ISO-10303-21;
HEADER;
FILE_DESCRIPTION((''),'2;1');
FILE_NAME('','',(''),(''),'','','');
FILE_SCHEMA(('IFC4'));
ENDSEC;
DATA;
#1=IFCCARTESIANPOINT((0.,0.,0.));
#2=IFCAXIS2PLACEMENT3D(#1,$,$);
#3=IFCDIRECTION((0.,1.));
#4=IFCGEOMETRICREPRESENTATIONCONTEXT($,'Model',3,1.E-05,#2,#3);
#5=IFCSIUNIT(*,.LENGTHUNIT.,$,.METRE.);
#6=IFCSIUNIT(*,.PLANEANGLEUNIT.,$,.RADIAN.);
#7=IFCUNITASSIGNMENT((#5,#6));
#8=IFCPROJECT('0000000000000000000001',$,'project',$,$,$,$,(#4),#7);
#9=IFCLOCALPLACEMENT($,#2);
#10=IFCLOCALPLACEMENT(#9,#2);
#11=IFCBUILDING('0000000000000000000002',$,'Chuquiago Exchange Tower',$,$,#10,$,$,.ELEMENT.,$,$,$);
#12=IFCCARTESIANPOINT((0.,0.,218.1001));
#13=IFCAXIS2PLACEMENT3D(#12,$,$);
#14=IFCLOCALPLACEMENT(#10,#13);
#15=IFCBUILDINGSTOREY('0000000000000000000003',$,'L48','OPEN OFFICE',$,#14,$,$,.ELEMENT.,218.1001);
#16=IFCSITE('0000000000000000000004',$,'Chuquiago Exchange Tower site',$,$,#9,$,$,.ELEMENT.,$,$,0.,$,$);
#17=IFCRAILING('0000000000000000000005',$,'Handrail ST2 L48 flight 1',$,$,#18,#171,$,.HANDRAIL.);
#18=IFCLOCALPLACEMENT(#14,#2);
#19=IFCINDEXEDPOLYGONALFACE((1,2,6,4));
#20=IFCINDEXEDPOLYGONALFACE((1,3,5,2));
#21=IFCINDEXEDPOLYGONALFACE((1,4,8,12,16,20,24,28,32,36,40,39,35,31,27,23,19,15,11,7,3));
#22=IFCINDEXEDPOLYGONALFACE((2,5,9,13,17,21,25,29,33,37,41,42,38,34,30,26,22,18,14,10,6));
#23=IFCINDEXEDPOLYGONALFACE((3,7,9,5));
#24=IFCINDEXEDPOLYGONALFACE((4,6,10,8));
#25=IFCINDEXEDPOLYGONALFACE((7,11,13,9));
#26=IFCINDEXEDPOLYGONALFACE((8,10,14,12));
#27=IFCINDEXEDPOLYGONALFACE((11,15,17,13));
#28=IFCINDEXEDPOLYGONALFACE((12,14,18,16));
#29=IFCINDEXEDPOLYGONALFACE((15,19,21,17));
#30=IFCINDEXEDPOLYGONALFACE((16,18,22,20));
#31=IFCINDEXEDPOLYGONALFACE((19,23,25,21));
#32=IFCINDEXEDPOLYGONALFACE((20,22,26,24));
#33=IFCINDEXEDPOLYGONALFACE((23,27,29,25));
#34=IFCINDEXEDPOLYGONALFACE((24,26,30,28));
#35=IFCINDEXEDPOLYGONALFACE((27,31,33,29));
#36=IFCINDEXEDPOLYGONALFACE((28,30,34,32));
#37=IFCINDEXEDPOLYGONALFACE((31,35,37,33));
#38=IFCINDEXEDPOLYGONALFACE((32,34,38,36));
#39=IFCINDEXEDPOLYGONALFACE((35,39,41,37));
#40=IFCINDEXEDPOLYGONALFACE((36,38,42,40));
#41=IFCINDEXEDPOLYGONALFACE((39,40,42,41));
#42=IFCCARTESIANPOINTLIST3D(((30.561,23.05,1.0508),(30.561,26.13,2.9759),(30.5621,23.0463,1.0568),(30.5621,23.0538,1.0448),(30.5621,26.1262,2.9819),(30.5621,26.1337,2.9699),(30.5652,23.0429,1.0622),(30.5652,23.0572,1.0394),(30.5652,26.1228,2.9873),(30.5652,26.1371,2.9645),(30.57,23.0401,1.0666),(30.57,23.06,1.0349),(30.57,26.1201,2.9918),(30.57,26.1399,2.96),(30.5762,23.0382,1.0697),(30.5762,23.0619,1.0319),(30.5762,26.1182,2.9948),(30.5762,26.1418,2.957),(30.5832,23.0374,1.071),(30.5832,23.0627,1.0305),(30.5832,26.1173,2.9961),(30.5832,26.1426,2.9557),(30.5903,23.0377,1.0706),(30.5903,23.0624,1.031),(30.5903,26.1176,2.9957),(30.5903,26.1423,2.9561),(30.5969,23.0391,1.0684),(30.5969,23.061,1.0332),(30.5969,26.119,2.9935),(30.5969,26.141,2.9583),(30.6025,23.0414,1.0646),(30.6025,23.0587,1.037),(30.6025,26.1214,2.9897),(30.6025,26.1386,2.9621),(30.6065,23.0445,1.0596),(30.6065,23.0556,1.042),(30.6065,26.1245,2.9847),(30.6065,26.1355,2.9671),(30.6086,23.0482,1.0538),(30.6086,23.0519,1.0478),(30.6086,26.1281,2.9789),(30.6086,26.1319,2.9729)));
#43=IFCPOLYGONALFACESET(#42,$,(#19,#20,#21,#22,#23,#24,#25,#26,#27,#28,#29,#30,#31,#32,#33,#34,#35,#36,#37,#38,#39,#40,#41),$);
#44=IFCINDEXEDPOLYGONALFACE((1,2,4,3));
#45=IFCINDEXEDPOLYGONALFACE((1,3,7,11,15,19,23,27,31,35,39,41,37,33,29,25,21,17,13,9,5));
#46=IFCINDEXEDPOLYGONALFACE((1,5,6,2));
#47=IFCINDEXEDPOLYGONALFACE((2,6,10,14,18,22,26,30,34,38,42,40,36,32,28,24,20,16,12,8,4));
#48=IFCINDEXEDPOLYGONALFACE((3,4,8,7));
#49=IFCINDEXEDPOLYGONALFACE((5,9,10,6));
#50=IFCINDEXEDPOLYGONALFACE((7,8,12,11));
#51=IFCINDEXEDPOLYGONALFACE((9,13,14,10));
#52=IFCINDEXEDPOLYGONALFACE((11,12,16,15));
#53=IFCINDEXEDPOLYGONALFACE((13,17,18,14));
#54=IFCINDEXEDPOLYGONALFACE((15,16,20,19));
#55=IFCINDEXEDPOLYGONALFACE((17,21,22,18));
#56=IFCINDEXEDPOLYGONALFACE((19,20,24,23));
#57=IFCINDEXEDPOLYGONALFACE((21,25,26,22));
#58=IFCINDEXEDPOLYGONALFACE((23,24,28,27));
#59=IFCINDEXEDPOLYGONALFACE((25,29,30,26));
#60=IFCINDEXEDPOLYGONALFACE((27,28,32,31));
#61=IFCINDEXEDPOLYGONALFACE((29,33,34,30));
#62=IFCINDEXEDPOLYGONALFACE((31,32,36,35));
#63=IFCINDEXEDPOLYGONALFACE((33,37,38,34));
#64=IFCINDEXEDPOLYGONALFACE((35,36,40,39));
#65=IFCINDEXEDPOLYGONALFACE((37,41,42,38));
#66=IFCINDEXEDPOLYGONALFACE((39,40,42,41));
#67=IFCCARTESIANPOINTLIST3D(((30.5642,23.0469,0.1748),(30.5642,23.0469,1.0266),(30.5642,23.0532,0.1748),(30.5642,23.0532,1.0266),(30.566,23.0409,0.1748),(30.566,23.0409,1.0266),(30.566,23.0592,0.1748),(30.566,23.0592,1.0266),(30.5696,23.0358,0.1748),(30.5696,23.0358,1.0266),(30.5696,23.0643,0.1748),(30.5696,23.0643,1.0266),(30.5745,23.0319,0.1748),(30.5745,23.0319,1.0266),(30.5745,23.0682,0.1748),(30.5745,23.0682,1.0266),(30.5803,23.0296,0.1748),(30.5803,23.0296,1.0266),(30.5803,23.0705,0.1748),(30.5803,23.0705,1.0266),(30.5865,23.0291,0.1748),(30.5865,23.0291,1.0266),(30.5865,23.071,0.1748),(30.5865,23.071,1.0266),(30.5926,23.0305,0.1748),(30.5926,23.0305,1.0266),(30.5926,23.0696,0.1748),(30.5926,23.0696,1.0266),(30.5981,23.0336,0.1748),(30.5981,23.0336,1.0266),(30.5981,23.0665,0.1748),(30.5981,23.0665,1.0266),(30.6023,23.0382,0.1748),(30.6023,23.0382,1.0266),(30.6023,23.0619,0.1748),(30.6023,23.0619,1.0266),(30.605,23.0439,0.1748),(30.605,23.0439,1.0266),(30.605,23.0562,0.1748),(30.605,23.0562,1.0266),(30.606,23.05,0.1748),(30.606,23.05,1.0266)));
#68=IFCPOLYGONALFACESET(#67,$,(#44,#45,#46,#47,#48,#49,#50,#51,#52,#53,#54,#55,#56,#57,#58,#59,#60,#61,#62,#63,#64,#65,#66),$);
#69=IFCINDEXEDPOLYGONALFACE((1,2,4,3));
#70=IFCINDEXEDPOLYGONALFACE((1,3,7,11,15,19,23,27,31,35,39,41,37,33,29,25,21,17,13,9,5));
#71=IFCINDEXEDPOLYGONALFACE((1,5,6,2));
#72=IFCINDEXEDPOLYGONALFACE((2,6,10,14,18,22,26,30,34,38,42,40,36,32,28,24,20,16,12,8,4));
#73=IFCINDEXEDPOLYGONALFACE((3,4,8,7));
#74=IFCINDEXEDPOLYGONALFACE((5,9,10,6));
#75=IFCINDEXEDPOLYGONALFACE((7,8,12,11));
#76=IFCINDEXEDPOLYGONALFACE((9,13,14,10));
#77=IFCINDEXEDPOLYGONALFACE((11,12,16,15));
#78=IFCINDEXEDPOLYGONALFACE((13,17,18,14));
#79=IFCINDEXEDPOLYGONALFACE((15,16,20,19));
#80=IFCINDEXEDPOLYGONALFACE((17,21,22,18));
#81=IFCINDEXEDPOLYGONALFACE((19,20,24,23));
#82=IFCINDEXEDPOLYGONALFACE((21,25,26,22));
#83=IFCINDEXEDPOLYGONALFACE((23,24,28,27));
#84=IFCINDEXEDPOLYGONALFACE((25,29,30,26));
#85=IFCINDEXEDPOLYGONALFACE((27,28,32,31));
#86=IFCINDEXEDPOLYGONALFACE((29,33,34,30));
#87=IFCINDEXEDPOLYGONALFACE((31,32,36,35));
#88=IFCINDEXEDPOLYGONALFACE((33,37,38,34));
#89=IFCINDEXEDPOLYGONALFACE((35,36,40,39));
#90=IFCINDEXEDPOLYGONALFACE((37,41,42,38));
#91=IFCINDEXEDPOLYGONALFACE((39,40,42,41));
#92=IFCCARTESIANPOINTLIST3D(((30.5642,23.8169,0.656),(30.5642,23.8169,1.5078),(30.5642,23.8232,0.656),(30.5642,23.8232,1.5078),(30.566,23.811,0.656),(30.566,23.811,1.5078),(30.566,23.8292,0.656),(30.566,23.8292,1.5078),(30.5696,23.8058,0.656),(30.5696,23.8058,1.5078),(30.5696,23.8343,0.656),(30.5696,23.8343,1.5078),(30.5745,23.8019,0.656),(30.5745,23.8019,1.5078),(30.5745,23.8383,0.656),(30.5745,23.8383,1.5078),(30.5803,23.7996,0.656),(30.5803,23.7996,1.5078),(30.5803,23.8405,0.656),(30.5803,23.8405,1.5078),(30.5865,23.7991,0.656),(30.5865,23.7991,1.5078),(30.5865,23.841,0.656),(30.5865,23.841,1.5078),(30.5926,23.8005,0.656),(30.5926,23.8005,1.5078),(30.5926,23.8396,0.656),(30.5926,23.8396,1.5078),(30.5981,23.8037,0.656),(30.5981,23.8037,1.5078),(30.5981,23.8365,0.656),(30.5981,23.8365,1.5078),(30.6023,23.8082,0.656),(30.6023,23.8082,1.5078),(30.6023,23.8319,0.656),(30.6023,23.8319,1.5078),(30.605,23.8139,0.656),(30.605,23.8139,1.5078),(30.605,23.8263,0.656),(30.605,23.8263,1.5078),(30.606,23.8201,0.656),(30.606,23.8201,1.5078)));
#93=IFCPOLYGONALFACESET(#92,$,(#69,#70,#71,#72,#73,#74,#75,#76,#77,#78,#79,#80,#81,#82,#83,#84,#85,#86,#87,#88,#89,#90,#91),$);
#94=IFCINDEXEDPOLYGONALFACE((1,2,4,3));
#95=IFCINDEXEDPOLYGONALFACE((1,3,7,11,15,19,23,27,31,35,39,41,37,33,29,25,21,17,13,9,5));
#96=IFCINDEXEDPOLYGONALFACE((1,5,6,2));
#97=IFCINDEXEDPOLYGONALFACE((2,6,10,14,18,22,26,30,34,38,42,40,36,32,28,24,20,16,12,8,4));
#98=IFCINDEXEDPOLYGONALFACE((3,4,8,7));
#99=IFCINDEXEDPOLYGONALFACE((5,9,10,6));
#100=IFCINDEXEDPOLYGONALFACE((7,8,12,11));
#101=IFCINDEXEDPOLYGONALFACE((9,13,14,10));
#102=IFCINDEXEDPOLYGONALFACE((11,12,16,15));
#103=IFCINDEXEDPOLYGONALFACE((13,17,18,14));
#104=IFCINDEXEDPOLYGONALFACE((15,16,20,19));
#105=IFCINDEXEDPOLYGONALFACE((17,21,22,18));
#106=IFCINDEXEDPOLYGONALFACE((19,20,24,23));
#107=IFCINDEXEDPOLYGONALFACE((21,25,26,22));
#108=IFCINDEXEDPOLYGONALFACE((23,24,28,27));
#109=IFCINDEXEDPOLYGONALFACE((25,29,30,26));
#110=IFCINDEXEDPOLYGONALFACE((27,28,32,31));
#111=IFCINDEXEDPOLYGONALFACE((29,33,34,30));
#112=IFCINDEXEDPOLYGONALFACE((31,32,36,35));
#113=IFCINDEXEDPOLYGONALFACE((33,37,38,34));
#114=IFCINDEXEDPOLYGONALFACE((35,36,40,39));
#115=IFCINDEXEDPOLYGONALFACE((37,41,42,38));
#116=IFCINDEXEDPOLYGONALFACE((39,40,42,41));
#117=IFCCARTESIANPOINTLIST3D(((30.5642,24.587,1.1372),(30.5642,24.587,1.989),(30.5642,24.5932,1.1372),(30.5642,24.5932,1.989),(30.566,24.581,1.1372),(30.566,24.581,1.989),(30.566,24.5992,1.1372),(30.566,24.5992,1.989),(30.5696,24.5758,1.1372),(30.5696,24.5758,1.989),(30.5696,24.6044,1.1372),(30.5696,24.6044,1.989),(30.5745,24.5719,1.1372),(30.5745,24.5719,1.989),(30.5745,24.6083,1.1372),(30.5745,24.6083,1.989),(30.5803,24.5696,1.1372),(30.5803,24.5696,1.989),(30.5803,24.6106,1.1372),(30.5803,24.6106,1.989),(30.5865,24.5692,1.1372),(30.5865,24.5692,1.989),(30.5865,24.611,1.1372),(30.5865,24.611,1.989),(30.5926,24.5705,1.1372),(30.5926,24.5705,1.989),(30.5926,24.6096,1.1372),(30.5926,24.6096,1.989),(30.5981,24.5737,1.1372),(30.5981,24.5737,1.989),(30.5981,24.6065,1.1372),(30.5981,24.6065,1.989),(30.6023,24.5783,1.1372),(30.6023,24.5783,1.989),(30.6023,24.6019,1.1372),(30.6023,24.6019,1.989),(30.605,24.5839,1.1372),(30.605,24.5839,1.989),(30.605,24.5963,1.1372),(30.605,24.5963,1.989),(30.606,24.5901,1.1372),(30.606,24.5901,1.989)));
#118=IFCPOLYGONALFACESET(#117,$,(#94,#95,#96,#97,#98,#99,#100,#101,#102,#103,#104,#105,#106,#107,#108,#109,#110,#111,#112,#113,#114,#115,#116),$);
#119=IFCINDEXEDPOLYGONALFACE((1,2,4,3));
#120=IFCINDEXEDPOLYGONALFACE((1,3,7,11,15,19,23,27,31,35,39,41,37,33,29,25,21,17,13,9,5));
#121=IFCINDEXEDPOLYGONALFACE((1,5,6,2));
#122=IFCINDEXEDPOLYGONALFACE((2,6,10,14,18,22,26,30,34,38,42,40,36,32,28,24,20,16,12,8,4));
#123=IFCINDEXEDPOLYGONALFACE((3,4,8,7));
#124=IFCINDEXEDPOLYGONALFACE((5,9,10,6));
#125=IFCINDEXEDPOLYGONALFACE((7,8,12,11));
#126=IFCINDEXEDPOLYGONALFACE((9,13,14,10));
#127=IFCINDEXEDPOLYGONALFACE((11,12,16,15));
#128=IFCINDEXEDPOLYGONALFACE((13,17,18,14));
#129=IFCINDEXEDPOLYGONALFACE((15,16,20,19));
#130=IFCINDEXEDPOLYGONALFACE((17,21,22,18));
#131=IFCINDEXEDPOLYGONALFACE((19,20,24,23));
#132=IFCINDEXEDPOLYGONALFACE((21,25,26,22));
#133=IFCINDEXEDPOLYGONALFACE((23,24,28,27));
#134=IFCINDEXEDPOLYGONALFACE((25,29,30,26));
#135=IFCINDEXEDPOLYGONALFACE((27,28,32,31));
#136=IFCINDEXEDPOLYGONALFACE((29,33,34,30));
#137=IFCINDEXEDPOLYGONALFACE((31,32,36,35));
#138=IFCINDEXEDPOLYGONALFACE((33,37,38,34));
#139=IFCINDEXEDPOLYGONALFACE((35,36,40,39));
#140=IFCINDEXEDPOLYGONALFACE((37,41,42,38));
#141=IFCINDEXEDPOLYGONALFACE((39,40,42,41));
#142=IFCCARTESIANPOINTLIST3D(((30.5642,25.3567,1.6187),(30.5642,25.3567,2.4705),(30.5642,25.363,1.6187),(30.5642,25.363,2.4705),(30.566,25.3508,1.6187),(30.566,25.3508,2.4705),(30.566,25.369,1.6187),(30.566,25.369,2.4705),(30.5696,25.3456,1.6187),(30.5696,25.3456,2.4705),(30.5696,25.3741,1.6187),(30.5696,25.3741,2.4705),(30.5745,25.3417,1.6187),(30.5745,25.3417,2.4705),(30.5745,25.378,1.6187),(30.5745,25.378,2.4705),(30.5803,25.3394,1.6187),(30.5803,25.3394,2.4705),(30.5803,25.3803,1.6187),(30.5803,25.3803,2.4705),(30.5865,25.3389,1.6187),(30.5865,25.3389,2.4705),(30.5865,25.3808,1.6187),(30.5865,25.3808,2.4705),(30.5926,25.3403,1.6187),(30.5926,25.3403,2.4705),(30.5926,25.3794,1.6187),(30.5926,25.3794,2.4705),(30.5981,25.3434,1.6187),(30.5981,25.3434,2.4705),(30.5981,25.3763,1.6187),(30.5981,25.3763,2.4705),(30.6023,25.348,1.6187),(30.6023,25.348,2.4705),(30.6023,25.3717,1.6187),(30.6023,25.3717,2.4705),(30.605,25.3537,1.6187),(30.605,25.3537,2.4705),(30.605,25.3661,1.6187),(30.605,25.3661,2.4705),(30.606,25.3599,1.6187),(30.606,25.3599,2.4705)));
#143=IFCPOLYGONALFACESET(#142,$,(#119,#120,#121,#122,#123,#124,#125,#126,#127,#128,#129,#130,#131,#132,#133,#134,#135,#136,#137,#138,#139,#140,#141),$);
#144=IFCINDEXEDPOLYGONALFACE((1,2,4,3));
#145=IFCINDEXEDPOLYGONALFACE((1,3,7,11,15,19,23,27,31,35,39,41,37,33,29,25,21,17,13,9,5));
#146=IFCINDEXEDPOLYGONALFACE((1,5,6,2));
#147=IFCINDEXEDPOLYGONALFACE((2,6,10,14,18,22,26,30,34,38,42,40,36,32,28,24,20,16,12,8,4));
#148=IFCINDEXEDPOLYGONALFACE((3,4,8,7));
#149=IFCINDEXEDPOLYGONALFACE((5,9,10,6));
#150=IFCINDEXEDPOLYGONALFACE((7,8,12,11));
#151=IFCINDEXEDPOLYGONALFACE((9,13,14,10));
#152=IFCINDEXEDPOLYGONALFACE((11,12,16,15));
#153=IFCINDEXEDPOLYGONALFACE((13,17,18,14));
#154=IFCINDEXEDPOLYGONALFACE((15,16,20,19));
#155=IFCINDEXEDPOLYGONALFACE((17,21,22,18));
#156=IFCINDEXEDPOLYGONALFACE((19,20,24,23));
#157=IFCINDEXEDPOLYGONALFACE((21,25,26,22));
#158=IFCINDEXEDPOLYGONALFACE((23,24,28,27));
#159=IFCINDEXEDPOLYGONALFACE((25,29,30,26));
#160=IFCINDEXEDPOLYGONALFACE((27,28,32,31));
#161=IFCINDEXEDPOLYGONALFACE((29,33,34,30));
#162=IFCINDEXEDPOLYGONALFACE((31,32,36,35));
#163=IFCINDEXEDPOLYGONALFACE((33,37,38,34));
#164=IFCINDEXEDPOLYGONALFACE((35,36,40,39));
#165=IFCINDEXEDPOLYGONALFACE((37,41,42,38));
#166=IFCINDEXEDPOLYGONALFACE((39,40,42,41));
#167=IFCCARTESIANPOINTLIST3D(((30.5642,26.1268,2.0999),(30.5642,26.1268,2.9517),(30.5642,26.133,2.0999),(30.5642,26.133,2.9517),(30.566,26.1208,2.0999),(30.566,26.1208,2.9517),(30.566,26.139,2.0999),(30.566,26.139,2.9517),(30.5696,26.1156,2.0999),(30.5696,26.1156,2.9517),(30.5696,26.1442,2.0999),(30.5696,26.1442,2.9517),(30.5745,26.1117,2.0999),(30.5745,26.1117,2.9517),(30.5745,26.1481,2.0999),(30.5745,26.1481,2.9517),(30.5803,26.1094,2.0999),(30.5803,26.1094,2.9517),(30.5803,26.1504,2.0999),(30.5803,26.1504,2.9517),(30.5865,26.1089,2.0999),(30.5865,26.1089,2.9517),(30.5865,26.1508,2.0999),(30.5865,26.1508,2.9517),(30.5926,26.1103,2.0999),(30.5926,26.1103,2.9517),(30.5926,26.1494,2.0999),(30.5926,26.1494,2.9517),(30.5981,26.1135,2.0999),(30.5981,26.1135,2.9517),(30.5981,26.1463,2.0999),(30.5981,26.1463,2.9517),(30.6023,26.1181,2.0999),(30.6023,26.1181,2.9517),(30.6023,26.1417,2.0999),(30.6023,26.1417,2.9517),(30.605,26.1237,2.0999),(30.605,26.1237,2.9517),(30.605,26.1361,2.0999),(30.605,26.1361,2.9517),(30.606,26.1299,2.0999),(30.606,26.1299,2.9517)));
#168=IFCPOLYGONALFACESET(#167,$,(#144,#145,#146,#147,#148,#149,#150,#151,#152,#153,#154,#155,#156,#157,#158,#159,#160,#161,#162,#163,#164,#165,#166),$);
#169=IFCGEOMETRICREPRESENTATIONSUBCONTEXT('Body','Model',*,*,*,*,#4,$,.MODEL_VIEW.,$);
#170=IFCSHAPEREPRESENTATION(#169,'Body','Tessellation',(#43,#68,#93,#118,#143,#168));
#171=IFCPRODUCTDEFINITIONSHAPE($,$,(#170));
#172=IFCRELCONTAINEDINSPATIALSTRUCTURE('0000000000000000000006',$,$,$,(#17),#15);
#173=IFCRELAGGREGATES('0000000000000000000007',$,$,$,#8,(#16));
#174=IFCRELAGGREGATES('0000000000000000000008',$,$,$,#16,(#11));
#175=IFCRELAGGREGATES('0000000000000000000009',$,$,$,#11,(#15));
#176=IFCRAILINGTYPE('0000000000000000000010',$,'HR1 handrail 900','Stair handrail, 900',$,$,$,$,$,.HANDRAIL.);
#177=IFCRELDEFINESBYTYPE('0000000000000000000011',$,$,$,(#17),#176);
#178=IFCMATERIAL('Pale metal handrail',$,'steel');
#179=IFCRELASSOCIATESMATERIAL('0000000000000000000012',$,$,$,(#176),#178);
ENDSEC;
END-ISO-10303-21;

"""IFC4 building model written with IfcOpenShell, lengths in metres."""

from ifc_helpers import new_model, si_unit, direction, frame, origin, origin_2d, place, context, subcontext, project, spatial, circle, extrude, material, type_object, element, save


model = new_model("IFC4")

# Units and contexts
model_context = context("Model", 3, precision=1e-05, world=origin(), true_north=direction((0.0, 1.0)))
body_context = subcontext(model_context, "Body", "Model", "MODEL_VIEW")
ifc_project = project(units=[si_unit("LENGTHUNIT", "METRE"), si_unit("PLANEANGLEUNIT", "RADIAN")], contexts=[model_context])

# Site, building, storey
site_placement = place(None, origin())
site = spatial("IfcSite", under=ifc_project, at=site_placement, Name="Chuquiago Exchange Tower site", CompositionType="ELEMENT", RefElevation=0.0)
building_placement = place(site_placement, origin())
building = spatial("IfcBuilding", under=site, at=building_placement, Name="Chuquiago Exchange Tower", CompositionType="ELEMENT")
storey_placement = place(building_placement, frame((0.0, 0.0, 218.1001)))
storey = spatial("IfcBuildingStorey", under=building, at=storey_placement, Name="L48", Description="OPEN OFFICE", CompositionType="ELEMENT", Elevation=218.1001)

# Railing
ifc_material_1 = material(Name="Pale metal handrail", Category="steel")
railing_type_1 = type_object("IfcRailingType", Name="HR1 handrail 900", Description="Stair handrail, 900", PredefinedType="HANDRAIL", material=ifc_material_1)
for number, where, name in (
    (1, (30.585, 23.05, 0.1748), "Handrail ST2 L48 flight 1"),
):
    element("IfcRailing", number, at=place(storey_placement, frame(where)), inside=storey, type_object=railing_type_1, Name=name, PredefinedType="HANDRAIL", context=body_context, shape_type="SweptSolid", body=[
        extrude(circle(Radius=0.0239, at=origin_2d()), frame((0.0, 0.0, 0.876), z_axis=(0.0, 0.847979, 0.530029), x_axis=(-1.0, 0.0, 0.0)), (0.0, 0.0, 1.0), 3.6321),
        extrude(circle(Radius=0.021, at=origin_2d()), origin(), (0.0, 0.0, 1.0), 0.8518),
        extrude(circle(Radius=0.021, at=origin_2d()), frame((0.0, 0.77, 0.4812)), (0.0, 0.0, 1.0), 0.8518),
        extrude(circle(Radius=0.021, at=origin_2d()), frame((0.0, 1.54, 0.9624)), (0.0, 0.0, 1.0), 0.8518),
        extrude(circle(Radius=0.021, at=origin_2d()), frame((0.0, 2.3098, 1.4438)), (0.0, 0.0, 1.0), 0.8518),
        extrude(circle(Radius=0.021, at=origin_2d()), frame((0.0, 3.0798, 1.925)), (0.0, 0.0, 1.0), 0.8518),
    ])

save(model, "model.ifc")
